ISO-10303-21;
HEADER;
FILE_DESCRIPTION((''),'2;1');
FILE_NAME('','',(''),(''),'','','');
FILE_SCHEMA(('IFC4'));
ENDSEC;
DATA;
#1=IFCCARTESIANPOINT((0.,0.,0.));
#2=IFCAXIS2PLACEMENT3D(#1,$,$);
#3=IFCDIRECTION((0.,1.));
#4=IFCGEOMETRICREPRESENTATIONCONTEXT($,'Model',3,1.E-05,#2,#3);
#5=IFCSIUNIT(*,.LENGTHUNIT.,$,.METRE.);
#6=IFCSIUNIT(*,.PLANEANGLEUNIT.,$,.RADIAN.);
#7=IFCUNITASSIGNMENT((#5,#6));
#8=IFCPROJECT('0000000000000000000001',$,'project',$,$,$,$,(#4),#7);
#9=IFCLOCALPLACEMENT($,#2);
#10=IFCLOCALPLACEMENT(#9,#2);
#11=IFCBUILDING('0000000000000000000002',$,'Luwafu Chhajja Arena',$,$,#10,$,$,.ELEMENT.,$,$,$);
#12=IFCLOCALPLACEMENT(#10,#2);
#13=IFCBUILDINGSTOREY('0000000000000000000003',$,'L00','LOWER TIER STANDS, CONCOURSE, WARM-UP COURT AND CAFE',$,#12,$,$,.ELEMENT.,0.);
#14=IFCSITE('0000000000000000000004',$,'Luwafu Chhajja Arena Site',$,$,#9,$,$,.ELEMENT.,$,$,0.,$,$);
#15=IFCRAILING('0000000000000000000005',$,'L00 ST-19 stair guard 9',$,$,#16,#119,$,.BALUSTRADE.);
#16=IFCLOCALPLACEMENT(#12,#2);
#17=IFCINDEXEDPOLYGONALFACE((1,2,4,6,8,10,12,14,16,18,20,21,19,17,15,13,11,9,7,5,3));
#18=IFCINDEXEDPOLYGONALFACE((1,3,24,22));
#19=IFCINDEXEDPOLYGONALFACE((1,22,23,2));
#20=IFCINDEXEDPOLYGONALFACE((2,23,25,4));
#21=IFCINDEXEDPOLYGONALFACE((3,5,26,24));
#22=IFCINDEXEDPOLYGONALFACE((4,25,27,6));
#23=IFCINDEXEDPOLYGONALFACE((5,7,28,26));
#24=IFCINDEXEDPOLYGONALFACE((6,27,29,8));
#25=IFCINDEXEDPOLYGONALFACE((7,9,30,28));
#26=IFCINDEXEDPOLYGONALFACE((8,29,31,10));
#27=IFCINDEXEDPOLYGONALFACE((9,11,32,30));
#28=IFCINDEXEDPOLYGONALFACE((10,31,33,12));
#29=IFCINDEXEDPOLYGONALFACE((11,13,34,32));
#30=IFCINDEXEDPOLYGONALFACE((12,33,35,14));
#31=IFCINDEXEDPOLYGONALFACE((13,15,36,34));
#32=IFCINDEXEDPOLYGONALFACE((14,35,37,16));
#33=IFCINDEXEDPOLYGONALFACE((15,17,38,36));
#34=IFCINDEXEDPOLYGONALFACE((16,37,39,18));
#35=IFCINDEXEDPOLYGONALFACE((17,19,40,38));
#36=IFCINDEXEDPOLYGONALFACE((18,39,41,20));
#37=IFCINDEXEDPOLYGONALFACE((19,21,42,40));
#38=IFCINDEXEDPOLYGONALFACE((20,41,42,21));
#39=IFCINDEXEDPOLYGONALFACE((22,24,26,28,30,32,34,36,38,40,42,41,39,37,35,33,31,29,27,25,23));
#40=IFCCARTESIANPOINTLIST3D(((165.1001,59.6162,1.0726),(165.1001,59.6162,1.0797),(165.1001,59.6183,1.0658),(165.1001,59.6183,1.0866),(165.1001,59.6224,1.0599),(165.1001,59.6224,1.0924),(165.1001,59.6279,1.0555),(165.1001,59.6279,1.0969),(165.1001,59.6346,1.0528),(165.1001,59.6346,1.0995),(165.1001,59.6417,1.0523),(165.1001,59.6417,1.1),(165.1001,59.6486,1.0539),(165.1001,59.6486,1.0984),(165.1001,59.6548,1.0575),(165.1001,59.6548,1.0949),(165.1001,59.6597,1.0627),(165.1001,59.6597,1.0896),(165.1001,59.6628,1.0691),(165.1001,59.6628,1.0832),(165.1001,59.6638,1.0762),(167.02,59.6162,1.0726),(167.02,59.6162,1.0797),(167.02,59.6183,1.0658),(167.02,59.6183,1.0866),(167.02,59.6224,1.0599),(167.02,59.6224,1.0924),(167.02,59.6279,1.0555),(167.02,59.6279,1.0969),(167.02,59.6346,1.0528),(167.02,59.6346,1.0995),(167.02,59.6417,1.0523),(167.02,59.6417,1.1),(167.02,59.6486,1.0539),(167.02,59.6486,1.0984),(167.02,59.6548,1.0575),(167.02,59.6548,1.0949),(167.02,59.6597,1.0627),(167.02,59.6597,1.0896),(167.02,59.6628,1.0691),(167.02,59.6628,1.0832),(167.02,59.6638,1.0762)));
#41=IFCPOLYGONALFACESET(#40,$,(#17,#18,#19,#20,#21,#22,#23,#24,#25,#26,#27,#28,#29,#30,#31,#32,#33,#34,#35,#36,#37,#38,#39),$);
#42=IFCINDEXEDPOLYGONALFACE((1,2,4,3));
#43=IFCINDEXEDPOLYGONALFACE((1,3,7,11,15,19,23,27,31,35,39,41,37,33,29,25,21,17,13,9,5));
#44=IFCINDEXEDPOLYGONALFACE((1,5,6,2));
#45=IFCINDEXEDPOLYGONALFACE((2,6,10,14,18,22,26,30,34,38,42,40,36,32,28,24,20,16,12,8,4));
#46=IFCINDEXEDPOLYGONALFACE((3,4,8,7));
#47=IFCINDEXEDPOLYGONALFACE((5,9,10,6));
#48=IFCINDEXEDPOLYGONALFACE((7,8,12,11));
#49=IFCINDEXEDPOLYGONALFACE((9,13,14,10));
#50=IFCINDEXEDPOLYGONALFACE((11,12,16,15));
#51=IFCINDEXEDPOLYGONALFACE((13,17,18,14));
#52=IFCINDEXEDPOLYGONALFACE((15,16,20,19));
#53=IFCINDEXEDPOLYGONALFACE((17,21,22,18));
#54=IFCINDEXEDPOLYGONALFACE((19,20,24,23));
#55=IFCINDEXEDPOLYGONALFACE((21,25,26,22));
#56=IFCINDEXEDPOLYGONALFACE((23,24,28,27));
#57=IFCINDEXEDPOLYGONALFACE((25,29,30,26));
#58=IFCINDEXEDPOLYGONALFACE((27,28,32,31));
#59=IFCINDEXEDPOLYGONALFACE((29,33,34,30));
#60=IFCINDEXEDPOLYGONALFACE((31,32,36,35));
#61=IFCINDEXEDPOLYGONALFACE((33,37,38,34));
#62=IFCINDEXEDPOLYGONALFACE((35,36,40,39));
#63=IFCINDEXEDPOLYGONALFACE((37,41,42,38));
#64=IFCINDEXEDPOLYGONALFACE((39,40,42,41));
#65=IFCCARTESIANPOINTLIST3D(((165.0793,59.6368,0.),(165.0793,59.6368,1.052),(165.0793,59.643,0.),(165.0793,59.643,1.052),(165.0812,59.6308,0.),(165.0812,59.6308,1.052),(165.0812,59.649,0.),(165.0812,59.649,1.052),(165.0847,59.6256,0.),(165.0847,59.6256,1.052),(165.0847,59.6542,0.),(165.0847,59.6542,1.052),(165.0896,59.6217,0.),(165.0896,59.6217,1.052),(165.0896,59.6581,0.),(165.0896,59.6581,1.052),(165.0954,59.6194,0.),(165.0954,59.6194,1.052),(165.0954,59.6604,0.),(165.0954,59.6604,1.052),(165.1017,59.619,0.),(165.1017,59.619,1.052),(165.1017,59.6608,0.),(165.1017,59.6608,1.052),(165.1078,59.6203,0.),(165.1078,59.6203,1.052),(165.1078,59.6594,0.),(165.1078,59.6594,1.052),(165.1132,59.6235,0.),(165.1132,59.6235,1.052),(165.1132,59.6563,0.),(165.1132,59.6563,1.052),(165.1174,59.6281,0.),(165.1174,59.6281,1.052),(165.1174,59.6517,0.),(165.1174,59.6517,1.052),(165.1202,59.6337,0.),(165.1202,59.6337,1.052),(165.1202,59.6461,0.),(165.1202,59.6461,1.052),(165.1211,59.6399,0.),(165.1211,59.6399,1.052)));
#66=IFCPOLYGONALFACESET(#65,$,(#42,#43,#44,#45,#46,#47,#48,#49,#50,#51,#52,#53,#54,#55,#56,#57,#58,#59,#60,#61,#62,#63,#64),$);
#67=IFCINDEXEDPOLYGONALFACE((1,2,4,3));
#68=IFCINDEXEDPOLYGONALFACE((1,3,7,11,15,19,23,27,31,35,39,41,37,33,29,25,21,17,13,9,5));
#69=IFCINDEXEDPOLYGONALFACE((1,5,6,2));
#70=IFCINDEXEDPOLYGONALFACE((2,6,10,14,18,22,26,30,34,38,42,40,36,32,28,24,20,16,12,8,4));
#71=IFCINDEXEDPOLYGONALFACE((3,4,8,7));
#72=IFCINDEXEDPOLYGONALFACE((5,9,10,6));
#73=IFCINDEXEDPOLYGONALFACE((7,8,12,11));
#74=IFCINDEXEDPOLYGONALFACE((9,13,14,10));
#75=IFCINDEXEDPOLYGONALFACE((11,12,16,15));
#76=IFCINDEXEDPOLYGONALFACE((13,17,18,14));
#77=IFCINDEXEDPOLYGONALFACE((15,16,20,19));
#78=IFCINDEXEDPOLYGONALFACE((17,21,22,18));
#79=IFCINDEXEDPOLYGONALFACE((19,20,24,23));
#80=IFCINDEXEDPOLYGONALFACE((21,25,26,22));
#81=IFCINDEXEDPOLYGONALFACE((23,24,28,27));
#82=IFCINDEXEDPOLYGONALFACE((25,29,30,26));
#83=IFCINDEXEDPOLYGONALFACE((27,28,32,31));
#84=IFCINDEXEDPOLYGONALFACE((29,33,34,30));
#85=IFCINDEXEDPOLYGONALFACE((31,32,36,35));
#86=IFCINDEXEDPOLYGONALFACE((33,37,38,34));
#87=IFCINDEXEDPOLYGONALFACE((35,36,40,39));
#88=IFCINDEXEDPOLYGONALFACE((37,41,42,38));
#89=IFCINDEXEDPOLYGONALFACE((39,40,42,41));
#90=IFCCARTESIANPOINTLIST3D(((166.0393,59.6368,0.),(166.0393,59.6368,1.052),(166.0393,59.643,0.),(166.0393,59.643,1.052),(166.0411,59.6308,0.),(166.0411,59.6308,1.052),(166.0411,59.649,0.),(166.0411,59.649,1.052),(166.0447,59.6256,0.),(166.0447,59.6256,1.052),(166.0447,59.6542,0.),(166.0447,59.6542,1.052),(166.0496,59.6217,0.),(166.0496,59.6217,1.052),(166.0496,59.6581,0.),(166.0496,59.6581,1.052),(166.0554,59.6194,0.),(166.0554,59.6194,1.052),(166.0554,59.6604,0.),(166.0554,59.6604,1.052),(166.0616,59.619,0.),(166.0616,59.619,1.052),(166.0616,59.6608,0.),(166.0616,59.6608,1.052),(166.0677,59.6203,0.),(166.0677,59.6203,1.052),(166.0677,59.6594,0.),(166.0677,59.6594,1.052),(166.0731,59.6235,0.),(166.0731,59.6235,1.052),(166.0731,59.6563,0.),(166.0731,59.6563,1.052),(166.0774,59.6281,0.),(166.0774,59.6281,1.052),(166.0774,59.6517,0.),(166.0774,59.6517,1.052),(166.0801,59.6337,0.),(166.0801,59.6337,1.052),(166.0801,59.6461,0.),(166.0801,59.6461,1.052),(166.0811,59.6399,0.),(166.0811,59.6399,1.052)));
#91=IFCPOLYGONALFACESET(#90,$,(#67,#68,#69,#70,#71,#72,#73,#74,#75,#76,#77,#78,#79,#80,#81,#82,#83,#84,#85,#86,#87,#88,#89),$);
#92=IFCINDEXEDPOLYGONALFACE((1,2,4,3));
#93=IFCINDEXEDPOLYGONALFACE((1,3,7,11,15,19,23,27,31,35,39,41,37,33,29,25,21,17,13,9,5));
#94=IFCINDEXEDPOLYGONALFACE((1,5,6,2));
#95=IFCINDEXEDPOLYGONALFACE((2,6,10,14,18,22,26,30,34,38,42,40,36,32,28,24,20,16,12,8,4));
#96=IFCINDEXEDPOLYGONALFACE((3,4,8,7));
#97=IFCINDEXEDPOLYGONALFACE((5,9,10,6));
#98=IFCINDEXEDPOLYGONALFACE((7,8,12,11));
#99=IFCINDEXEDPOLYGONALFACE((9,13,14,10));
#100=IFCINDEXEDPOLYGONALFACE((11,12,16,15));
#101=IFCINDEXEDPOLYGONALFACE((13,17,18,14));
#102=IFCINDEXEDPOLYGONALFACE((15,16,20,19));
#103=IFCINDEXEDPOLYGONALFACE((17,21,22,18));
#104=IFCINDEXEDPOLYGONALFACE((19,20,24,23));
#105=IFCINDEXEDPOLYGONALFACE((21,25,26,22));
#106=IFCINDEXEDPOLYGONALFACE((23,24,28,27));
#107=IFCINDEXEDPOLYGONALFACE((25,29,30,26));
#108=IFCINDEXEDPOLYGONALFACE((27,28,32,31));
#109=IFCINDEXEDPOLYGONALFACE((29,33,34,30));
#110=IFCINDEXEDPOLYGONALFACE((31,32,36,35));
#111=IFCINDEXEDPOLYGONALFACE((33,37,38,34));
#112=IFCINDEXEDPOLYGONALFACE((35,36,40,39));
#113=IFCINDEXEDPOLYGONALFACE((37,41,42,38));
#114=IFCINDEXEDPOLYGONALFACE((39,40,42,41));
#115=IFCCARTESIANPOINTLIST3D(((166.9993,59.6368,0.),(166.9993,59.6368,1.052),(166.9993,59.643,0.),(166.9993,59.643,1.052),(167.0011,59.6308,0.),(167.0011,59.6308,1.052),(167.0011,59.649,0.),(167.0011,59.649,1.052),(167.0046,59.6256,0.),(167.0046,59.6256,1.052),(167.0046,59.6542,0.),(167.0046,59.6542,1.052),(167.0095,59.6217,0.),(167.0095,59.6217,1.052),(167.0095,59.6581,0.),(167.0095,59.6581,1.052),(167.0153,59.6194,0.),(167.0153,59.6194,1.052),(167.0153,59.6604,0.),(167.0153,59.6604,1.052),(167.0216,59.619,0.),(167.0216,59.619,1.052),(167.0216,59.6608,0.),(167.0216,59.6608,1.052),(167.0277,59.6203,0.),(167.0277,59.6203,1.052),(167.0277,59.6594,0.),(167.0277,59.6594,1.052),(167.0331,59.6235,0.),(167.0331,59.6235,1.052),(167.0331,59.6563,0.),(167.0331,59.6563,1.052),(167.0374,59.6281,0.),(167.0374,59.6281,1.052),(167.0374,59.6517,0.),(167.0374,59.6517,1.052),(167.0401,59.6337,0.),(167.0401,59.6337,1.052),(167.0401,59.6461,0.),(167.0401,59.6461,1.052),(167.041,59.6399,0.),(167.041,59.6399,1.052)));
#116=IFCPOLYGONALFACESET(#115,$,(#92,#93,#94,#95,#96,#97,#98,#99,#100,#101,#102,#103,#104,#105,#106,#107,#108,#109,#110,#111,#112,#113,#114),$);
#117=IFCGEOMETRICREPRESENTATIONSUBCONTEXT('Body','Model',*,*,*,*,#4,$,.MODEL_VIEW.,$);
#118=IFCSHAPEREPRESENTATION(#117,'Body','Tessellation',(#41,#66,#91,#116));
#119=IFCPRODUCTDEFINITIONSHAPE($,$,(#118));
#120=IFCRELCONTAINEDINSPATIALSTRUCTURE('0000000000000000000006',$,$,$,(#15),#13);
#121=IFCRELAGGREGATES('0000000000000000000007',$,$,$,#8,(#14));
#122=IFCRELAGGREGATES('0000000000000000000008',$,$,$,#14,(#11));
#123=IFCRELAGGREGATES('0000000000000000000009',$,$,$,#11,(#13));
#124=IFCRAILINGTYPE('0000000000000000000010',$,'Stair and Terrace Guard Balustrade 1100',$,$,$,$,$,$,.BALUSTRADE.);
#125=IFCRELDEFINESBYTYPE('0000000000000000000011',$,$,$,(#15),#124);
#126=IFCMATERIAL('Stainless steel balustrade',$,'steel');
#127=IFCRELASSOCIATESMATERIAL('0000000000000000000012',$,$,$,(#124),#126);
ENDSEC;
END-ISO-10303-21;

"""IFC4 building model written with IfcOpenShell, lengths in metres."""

from ifc_helpers import new_model, si_unit, direction, frame, origin, origin_2d, place, context, subcontext, project, spatial, circle, extrude, material, type_object, element, save


model = new_model("IFC4")

# Units and contexts
model_context = context("Model", 3, precision=1e-05, world=origin(), true_north=direction((0.0, 1.0)))
body_context = subcontext(model_context, "Body", "Model", "MODEL_VIEW")
ifc_project = project(units=[si_unit("LENGTHUNIT", "METRE"), si_unit("PLANEANGLEUNIT", "RADIAN")], contexts=[model_context])

# Site, building, storey
site_placement = place(None, origin())
site = spatial("IfcSite", under=ifc_project, at=site_placement, Name="Luwafu Chhajja Arena Site", CompositionType="ELEMENT", RefElevation=0.0)
building_placement = place(site_placement, origin())
building = spatial("IfcBuilding", under=site, at=building_placement, Name="Luwafu Chhajja Arena", CompositionType="ELEMENT")
storey_placement = place(building_placement, origin())
storey = spatial("IfcBuildingStorey", under=building, at=storey_placement, Name="L00", Description="LOWER TIER STANDS, CONCOURSE, WARM-UP COURT AND CAFE", CompositionType="ELEMENT", Elevation=0.0)

# Railing
ifc_material_1 = material(Name="Stainless steel balustrade", Category="steel")
railing_type_1 = type_object("IfcRailingType", Name="Stair and Terrace Guard Balustrade 1100", PredefinedType="BALUSTRADE", material=ifc_material_1)
for number, where, name in (
    (1, (165.1001, 59.6399, 0.0), "L00 ST-19 stair guard 9"),
):
    element("IfcRailing", number, at=place(storey_placement, frame(where)), inside=storey, type_object=railing_type_1, Name=name, PredefinedType="BALUSTRADE", context=body_context, shape_type="SweptSolid", body=[
        extrude(circle(Radius=0.0239, at=origin_2d()), frame((0.0, 0.0, 1.0762), z_axis=(1.0, 0.0, 0.0), x_axis=(0.0, 1.0, 0.0)), (0.0, 0.0, 1.0), 1.9199),
        extrude(circle(Radius=0.021, at=origin_2d()), origin(), (0.0, 0.0, 1.0), 1.052),
        extrude(circle(Radius=0.021, at=origin_2d()), frame((0.96, 0.0, 0.0)), (0.0, 0.0, 1.0), 1.052),
        extrude(circle(Radius=0.021, at=origin_2d()), frame((1.9199, 0.0, 0.0)), (0.0, 0.0, 1.0), 1.052),
    ])

save(model, "model.ifc")
